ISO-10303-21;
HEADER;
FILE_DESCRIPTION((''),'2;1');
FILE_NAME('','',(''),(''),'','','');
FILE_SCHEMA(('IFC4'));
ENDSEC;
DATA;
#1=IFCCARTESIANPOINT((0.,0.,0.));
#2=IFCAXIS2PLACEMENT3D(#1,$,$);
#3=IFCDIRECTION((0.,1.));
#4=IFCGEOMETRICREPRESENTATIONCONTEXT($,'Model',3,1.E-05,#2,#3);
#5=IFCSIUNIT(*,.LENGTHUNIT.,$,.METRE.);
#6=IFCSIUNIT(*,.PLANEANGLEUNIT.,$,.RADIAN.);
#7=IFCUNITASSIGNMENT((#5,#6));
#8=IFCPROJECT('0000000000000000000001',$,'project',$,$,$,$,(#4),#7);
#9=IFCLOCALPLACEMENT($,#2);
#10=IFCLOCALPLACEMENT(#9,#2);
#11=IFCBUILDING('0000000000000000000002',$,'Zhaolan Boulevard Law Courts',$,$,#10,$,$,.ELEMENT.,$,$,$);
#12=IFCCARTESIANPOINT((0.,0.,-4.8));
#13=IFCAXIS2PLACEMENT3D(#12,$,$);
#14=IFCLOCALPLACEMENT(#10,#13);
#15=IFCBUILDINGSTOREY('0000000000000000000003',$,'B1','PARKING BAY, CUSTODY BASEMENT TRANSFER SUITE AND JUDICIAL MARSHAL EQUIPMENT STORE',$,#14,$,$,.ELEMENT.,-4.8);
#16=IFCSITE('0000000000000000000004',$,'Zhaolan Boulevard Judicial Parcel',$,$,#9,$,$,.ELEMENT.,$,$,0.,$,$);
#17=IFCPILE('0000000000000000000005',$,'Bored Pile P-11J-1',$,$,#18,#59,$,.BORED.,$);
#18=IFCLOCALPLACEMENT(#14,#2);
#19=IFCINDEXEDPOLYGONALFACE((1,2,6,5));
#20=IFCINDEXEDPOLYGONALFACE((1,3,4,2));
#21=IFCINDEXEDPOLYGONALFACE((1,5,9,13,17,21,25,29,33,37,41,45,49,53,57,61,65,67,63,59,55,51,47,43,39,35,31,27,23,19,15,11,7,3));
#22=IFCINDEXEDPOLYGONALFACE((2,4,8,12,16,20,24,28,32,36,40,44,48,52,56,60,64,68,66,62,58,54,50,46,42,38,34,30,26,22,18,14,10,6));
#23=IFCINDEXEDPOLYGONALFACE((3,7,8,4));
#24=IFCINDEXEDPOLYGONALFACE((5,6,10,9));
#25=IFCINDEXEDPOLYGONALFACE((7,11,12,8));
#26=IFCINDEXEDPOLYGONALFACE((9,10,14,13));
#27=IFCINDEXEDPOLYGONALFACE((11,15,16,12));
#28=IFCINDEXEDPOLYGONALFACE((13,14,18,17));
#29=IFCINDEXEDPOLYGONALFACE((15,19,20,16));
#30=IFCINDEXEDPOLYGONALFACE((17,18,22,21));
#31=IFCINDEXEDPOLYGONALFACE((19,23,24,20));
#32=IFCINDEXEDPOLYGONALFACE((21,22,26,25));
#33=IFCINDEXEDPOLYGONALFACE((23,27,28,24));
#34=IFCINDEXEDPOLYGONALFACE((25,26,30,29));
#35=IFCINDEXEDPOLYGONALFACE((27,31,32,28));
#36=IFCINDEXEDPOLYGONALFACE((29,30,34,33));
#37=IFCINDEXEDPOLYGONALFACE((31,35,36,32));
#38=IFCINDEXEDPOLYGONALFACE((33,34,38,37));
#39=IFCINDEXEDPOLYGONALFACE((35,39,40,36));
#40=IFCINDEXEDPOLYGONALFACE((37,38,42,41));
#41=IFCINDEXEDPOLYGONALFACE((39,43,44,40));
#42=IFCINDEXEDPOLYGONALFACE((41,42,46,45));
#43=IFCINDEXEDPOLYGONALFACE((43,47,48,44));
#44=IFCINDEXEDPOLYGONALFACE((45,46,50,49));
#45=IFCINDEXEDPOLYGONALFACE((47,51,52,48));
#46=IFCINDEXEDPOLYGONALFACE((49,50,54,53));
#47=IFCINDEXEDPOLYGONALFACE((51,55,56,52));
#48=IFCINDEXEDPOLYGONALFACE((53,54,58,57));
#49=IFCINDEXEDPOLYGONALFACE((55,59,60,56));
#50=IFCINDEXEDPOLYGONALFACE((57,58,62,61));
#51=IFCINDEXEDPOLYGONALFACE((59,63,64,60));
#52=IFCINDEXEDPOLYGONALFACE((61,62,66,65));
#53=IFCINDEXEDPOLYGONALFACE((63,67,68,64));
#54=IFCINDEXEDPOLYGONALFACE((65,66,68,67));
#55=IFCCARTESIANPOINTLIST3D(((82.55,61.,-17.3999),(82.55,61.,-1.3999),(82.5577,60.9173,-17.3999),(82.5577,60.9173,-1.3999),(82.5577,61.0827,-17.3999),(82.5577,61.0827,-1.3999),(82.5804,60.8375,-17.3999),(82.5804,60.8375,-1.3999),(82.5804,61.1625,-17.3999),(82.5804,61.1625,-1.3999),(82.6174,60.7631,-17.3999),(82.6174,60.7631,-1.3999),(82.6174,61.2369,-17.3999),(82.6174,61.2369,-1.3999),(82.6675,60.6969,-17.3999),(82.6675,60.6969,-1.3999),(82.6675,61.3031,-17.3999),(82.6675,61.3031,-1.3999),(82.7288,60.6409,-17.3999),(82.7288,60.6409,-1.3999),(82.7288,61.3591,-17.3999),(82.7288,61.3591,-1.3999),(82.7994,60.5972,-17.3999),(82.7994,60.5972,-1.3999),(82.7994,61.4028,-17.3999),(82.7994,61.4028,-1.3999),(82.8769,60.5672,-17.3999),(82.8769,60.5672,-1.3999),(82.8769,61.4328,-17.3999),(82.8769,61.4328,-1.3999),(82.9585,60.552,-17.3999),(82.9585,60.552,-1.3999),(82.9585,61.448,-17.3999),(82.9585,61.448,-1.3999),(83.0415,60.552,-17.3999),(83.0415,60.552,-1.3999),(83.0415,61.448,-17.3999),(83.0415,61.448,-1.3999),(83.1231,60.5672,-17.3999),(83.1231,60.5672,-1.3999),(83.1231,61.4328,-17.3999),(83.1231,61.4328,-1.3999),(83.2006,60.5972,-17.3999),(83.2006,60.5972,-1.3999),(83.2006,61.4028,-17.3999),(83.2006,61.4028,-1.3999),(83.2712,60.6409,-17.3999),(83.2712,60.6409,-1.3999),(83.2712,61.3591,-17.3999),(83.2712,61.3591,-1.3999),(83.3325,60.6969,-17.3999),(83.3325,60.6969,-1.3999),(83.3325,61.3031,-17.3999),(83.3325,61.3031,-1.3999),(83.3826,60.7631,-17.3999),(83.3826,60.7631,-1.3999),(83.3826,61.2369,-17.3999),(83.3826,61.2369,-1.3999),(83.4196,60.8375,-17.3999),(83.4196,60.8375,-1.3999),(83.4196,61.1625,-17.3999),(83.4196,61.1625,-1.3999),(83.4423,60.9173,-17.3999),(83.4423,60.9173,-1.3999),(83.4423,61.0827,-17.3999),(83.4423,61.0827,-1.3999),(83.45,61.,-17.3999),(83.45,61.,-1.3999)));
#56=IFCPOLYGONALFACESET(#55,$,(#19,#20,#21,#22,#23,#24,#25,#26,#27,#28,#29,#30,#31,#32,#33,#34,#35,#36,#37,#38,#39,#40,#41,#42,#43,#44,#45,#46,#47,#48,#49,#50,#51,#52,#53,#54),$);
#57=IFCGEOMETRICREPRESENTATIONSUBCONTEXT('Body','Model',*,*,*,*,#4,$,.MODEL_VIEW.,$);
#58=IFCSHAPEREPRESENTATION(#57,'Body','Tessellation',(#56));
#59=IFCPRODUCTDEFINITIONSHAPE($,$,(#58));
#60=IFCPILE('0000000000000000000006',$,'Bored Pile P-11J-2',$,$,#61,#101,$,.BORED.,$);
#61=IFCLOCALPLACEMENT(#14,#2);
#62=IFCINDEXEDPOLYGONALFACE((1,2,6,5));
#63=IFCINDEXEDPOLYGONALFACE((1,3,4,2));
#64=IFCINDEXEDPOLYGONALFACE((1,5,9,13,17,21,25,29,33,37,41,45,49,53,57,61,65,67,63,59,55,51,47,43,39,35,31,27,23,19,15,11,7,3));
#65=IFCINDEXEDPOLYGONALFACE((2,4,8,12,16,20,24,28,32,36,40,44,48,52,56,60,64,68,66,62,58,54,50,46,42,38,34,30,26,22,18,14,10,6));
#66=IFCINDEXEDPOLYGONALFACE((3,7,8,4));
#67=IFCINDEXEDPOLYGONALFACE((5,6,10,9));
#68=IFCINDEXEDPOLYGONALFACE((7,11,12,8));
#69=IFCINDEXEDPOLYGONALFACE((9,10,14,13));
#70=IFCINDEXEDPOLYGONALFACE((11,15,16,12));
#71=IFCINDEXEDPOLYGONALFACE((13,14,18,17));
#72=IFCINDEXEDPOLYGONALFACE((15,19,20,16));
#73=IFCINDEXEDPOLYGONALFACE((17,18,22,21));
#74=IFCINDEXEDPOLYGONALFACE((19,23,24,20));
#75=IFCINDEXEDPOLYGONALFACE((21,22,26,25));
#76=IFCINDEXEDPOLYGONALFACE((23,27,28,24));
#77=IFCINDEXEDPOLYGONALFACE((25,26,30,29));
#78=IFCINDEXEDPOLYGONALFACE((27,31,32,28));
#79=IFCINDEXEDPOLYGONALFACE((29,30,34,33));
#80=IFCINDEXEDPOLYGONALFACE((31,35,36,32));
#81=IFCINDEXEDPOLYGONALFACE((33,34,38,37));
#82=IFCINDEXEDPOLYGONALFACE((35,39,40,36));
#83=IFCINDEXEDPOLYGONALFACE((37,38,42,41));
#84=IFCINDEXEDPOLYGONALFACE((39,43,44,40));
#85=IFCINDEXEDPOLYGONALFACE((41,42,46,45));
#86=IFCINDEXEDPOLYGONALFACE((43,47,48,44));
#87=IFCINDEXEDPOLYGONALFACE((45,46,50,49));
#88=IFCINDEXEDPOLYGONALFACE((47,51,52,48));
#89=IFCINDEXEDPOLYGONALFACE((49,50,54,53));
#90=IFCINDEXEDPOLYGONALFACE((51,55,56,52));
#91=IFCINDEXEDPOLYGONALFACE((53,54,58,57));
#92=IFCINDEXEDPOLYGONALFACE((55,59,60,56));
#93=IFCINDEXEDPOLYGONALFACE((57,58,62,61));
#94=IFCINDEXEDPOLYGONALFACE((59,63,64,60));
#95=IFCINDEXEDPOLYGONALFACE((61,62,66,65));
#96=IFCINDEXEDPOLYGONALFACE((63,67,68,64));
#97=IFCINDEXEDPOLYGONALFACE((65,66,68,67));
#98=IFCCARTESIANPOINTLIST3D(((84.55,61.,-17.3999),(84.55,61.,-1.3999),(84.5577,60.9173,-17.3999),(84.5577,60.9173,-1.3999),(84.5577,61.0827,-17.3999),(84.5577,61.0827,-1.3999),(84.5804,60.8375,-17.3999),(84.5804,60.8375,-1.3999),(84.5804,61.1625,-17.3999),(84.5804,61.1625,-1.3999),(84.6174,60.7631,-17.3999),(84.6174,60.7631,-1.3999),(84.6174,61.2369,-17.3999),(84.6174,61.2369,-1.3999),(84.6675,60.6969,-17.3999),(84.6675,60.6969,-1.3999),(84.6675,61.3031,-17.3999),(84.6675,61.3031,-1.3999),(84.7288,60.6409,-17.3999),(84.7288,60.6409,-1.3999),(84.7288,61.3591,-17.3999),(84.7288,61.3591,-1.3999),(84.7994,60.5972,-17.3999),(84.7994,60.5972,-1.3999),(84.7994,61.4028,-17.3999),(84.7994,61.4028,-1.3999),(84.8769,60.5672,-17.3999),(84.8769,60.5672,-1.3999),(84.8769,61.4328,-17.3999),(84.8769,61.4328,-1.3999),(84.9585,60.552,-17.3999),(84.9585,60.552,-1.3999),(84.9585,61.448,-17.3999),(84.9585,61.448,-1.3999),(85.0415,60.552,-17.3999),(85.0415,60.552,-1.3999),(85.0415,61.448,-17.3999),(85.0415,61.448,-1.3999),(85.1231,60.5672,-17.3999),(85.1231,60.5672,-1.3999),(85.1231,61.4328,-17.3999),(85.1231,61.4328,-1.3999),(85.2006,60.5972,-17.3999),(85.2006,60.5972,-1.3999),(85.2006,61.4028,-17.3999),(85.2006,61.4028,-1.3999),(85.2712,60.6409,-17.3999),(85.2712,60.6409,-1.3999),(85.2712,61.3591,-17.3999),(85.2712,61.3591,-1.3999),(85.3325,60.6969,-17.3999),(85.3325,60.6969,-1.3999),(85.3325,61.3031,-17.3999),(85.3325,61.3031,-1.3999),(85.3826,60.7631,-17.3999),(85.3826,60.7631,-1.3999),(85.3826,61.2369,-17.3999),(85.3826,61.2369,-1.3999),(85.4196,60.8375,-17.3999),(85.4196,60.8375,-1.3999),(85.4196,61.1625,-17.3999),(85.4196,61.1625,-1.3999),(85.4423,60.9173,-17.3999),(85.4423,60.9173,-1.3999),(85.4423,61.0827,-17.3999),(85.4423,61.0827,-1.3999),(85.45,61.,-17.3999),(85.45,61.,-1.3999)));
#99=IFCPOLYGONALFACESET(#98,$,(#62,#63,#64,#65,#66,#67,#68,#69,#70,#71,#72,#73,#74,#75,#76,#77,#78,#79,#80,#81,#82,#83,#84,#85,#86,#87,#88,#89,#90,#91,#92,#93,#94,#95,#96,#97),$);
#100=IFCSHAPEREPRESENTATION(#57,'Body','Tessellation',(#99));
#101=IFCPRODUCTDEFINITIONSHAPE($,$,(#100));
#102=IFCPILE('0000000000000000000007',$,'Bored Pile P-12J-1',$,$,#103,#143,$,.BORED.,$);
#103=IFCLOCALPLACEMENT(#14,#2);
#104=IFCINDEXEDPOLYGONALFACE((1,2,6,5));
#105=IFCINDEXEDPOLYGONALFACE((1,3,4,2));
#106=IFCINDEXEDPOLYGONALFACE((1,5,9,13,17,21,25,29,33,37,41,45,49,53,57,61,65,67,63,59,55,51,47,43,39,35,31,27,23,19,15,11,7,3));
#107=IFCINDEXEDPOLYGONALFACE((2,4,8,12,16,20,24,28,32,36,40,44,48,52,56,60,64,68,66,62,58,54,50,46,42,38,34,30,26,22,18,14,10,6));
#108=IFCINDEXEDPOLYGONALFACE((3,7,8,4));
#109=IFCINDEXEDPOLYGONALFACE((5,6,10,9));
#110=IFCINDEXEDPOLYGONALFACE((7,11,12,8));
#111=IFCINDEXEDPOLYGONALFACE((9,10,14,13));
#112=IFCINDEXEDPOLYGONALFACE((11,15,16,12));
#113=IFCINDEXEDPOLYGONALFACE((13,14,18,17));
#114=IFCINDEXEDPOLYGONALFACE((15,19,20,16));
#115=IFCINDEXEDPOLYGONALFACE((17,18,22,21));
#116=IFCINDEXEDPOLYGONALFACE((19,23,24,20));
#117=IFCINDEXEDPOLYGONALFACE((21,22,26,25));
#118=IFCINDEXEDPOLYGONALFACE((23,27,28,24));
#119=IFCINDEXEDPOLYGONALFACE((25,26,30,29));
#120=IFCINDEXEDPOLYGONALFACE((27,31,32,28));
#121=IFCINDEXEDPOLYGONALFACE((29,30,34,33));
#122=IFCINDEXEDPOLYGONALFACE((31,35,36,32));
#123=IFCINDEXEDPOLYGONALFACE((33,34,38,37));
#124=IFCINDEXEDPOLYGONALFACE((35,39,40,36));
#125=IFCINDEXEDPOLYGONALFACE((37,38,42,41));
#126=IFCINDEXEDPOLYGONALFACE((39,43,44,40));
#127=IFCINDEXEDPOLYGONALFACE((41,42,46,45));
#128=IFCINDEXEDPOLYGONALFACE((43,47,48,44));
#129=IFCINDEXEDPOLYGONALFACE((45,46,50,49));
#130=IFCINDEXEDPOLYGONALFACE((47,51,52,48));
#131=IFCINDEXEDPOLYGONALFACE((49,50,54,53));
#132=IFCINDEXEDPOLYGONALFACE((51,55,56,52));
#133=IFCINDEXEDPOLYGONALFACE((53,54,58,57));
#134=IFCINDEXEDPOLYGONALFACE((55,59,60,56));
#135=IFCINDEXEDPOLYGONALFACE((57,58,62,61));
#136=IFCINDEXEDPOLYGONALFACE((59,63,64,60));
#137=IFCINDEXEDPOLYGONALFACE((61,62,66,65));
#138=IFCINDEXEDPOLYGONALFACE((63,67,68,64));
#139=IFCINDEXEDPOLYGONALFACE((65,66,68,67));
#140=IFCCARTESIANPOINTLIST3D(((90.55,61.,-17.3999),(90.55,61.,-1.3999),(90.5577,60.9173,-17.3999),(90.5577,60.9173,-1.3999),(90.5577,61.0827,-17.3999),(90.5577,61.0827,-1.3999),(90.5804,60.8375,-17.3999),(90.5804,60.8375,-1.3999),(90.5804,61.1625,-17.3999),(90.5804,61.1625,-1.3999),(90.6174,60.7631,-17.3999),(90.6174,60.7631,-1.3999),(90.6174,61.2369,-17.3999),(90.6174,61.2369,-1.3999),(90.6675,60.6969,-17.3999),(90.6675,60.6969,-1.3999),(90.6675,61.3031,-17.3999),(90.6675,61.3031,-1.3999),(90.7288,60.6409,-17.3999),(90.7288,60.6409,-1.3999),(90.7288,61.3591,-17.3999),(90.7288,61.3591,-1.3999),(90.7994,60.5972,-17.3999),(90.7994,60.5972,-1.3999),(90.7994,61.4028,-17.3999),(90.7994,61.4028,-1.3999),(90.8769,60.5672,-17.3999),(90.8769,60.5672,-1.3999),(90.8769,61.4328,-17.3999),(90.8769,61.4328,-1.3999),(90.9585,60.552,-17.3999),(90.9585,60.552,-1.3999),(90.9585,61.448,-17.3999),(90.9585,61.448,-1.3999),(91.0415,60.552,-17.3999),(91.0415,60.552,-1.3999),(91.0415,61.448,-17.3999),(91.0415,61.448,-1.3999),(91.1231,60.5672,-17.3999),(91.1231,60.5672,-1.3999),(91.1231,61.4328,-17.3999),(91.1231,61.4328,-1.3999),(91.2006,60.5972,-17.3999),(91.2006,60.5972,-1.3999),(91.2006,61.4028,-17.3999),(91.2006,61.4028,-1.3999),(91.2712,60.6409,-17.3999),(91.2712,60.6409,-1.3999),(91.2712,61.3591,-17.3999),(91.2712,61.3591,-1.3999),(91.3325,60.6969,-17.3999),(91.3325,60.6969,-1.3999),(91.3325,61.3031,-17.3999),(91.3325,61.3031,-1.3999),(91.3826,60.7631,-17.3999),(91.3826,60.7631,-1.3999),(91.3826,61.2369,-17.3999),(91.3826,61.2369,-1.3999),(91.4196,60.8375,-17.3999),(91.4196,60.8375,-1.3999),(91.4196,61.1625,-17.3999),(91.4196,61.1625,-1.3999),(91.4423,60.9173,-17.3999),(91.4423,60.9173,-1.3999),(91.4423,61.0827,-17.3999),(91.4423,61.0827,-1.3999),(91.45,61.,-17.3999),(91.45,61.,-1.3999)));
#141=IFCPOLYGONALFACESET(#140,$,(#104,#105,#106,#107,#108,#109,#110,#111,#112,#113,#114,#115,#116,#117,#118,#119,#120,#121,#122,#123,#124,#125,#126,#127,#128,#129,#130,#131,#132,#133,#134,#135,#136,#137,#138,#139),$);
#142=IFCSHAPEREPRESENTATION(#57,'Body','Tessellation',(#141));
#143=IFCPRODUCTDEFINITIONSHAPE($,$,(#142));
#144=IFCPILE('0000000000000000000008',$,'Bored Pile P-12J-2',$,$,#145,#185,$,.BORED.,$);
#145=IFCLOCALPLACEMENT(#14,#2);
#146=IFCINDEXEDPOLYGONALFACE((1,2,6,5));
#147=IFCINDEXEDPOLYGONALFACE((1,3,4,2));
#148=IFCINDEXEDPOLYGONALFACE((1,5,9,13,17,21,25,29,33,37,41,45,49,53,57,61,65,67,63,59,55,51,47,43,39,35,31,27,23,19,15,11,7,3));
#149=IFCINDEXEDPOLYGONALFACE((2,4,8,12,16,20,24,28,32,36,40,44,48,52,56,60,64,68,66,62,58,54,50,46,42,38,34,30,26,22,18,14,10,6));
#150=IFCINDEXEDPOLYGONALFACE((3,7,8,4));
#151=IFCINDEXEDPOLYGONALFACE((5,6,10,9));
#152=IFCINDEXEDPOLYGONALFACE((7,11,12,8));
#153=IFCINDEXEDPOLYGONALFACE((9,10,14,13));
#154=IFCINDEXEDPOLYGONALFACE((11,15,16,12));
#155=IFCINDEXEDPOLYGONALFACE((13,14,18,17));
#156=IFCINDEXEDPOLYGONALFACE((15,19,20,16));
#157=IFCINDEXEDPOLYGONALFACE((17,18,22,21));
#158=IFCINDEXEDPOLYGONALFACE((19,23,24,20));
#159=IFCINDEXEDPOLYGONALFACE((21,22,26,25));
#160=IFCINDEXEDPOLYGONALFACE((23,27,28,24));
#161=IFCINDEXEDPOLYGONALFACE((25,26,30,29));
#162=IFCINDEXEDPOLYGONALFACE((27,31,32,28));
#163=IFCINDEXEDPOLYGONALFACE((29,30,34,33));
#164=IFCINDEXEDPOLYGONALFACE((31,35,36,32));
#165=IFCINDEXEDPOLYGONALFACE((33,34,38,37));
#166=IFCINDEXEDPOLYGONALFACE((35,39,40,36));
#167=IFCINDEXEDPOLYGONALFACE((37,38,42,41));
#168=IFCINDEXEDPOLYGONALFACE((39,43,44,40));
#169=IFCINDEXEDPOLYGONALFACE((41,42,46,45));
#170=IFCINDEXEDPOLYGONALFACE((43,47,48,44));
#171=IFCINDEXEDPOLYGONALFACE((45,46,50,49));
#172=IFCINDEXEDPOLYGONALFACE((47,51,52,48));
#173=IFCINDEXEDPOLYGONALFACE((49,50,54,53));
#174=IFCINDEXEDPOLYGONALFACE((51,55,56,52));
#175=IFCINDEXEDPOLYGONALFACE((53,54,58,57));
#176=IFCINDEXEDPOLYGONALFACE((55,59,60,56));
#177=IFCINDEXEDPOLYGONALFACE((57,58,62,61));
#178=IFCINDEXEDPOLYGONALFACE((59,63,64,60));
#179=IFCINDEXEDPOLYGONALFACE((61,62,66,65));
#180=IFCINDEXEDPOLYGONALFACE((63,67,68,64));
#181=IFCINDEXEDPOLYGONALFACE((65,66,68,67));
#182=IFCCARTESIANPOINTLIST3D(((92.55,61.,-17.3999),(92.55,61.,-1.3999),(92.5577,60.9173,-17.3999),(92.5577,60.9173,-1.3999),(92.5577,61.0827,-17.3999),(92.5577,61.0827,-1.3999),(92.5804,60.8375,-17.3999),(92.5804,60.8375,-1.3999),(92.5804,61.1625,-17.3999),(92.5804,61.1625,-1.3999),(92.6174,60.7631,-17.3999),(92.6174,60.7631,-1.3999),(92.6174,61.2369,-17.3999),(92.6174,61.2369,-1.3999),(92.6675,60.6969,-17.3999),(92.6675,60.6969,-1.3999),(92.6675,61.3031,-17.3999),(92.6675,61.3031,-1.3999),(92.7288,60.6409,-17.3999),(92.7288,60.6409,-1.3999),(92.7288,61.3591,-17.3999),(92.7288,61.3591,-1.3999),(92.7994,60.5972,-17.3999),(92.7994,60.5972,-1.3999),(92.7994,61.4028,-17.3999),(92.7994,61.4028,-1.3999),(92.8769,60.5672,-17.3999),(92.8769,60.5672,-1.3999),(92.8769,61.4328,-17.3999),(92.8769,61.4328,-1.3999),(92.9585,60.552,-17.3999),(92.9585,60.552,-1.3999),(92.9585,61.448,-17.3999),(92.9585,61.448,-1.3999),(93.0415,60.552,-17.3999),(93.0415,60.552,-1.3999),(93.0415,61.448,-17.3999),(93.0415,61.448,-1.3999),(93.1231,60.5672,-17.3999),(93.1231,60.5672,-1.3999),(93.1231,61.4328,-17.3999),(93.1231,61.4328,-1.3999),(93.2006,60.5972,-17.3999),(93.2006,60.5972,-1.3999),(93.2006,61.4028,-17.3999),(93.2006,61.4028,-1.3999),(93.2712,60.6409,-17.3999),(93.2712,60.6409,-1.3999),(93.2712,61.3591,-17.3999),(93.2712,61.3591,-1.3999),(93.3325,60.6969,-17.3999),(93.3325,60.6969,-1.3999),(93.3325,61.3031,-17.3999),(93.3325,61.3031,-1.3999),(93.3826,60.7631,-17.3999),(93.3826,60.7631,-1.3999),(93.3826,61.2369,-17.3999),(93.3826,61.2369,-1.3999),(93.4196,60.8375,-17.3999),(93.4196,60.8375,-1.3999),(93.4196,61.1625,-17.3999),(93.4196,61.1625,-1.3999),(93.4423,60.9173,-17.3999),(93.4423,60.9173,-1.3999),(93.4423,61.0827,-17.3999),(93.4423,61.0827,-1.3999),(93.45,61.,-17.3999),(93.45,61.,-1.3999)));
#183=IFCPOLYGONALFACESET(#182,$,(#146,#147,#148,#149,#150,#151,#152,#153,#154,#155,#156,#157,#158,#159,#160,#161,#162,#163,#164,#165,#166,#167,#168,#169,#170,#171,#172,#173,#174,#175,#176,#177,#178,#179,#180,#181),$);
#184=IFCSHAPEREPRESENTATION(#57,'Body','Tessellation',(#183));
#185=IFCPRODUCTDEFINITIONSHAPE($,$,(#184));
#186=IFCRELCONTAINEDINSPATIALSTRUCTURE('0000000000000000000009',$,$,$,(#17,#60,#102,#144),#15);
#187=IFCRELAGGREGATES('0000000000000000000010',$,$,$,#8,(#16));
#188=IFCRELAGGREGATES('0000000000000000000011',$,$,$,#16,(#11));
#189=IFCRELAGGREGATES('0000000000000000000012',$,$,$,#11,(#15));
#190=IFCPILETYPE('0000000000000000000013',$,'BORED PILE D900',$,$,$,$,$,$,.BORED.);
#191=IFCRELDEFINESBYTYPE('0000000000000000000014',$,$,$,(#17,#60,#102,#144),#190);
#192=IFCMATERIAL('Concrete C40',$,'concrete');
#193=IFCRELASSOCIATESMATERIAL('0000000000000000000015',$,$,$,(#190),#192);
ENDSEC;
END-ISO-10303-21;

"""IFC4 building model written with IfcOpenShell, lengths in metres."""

from ifc_helpers import new_model, si_unit, direction, frame, origin, origin_2d, place, context, subcontext, project, spatial, circle, extrude, material, material_profile, profile_set, type_object, element, save


model = new_model("IFC4")

# Units and contexts
model_context = context("Model", 3, precision=1e-05, world=origin(), true_north=direction((0.0, 1.0)))
body_context = subcontext(model_context, "Body", "Model", "MODEL_VIEW")
ifc_project = project(units=[si_unit("LENGTHUNIT", "METRE"), si_unit("PLANEANGLEUNIT", "RADIAN")], contexts=[model_context])

# Site, building, storey
site_placement = place(None, origin())
site = spatial("IfcSite", under=ifc_project, at=site_placement, Name="Zhaolan Boulevard Judicial Parcel", CompositionType="ELEMENT", RefElevation=0.0)
building_placement = place(site_placement, origin())
building = spatial("IfcBuilding", under=site, at=building_placement, Name="Zhaolan Boulevard Law Courts", CompositionType="ELEMENT")
storey_placement = place(building_placement, frame((0.0, 0.0, -4.8)))
storey = spatial("IfcBuildingStorey", under=building, at=storey_placement, Name="B1", Description="PARKING BAY, CUSTODY BASEMENT TRANSFER SUITE AND JUDICIAL MARSHAL EQUIPMENT STORE", CompositionType="ELEMENT", Elevation=-4.8)

# Piles
ifc_material_1 = material(Name="Concrete C40", Category="concrete")
ifc_material_profile_1 = material_profile(ifc_material_1, circle(Radius=0.45, at=origin_2d()), Name="PILE-D900")
ifc_profile_set_1 = profile_set([ifc_material_profile_1], Name="Concrete C40")
pile_type_1 = type_object("IfcPileType", Name="BORED PILE D900", PredefinedType="BORED", material=ifc_profile_set_1)
for number, where, z_axis, x_axis, name in (
    (1, (83.0, 61.0, -1.3999), (0.0, 0.0, -1.0), (1.0, 0.0, 0.0), "Bored Pile P-11J-1"),
    (2, (85.0, 61.0, -1.3999), (0.0, 0.0, -1.0), (1.0, 0.0, 0.0), "Bored Pile P-11J-2"),
    (3, (91.0, 61.0, -1.3999), (0.0, 0.0, -1.0), (1.0, 0.0, 0.0), "Bored Pile P-12J-1"),
    (4, (93.0, 61.0, -1.3999), (0.0, 0.0, -1.0), (1.0, 0.0, 0.0), "Bored Pile P-12J-2"),
):
    element("IfcPile", number, at=place(storey_placement, frame(where, z_axis=z_axis, x_axis=x_axis)), inside=storey, type_object=pile_type_1, Name=name, PredefinedType="BORED", context=body_context, shape_type="SweptSolid", body=[
        extrude(circle(Radius=0.45, at=origin_2d()), origin(), (0.0, 0.0, 1.0), 16.0),
    ])

save(model, "model.ifc")
